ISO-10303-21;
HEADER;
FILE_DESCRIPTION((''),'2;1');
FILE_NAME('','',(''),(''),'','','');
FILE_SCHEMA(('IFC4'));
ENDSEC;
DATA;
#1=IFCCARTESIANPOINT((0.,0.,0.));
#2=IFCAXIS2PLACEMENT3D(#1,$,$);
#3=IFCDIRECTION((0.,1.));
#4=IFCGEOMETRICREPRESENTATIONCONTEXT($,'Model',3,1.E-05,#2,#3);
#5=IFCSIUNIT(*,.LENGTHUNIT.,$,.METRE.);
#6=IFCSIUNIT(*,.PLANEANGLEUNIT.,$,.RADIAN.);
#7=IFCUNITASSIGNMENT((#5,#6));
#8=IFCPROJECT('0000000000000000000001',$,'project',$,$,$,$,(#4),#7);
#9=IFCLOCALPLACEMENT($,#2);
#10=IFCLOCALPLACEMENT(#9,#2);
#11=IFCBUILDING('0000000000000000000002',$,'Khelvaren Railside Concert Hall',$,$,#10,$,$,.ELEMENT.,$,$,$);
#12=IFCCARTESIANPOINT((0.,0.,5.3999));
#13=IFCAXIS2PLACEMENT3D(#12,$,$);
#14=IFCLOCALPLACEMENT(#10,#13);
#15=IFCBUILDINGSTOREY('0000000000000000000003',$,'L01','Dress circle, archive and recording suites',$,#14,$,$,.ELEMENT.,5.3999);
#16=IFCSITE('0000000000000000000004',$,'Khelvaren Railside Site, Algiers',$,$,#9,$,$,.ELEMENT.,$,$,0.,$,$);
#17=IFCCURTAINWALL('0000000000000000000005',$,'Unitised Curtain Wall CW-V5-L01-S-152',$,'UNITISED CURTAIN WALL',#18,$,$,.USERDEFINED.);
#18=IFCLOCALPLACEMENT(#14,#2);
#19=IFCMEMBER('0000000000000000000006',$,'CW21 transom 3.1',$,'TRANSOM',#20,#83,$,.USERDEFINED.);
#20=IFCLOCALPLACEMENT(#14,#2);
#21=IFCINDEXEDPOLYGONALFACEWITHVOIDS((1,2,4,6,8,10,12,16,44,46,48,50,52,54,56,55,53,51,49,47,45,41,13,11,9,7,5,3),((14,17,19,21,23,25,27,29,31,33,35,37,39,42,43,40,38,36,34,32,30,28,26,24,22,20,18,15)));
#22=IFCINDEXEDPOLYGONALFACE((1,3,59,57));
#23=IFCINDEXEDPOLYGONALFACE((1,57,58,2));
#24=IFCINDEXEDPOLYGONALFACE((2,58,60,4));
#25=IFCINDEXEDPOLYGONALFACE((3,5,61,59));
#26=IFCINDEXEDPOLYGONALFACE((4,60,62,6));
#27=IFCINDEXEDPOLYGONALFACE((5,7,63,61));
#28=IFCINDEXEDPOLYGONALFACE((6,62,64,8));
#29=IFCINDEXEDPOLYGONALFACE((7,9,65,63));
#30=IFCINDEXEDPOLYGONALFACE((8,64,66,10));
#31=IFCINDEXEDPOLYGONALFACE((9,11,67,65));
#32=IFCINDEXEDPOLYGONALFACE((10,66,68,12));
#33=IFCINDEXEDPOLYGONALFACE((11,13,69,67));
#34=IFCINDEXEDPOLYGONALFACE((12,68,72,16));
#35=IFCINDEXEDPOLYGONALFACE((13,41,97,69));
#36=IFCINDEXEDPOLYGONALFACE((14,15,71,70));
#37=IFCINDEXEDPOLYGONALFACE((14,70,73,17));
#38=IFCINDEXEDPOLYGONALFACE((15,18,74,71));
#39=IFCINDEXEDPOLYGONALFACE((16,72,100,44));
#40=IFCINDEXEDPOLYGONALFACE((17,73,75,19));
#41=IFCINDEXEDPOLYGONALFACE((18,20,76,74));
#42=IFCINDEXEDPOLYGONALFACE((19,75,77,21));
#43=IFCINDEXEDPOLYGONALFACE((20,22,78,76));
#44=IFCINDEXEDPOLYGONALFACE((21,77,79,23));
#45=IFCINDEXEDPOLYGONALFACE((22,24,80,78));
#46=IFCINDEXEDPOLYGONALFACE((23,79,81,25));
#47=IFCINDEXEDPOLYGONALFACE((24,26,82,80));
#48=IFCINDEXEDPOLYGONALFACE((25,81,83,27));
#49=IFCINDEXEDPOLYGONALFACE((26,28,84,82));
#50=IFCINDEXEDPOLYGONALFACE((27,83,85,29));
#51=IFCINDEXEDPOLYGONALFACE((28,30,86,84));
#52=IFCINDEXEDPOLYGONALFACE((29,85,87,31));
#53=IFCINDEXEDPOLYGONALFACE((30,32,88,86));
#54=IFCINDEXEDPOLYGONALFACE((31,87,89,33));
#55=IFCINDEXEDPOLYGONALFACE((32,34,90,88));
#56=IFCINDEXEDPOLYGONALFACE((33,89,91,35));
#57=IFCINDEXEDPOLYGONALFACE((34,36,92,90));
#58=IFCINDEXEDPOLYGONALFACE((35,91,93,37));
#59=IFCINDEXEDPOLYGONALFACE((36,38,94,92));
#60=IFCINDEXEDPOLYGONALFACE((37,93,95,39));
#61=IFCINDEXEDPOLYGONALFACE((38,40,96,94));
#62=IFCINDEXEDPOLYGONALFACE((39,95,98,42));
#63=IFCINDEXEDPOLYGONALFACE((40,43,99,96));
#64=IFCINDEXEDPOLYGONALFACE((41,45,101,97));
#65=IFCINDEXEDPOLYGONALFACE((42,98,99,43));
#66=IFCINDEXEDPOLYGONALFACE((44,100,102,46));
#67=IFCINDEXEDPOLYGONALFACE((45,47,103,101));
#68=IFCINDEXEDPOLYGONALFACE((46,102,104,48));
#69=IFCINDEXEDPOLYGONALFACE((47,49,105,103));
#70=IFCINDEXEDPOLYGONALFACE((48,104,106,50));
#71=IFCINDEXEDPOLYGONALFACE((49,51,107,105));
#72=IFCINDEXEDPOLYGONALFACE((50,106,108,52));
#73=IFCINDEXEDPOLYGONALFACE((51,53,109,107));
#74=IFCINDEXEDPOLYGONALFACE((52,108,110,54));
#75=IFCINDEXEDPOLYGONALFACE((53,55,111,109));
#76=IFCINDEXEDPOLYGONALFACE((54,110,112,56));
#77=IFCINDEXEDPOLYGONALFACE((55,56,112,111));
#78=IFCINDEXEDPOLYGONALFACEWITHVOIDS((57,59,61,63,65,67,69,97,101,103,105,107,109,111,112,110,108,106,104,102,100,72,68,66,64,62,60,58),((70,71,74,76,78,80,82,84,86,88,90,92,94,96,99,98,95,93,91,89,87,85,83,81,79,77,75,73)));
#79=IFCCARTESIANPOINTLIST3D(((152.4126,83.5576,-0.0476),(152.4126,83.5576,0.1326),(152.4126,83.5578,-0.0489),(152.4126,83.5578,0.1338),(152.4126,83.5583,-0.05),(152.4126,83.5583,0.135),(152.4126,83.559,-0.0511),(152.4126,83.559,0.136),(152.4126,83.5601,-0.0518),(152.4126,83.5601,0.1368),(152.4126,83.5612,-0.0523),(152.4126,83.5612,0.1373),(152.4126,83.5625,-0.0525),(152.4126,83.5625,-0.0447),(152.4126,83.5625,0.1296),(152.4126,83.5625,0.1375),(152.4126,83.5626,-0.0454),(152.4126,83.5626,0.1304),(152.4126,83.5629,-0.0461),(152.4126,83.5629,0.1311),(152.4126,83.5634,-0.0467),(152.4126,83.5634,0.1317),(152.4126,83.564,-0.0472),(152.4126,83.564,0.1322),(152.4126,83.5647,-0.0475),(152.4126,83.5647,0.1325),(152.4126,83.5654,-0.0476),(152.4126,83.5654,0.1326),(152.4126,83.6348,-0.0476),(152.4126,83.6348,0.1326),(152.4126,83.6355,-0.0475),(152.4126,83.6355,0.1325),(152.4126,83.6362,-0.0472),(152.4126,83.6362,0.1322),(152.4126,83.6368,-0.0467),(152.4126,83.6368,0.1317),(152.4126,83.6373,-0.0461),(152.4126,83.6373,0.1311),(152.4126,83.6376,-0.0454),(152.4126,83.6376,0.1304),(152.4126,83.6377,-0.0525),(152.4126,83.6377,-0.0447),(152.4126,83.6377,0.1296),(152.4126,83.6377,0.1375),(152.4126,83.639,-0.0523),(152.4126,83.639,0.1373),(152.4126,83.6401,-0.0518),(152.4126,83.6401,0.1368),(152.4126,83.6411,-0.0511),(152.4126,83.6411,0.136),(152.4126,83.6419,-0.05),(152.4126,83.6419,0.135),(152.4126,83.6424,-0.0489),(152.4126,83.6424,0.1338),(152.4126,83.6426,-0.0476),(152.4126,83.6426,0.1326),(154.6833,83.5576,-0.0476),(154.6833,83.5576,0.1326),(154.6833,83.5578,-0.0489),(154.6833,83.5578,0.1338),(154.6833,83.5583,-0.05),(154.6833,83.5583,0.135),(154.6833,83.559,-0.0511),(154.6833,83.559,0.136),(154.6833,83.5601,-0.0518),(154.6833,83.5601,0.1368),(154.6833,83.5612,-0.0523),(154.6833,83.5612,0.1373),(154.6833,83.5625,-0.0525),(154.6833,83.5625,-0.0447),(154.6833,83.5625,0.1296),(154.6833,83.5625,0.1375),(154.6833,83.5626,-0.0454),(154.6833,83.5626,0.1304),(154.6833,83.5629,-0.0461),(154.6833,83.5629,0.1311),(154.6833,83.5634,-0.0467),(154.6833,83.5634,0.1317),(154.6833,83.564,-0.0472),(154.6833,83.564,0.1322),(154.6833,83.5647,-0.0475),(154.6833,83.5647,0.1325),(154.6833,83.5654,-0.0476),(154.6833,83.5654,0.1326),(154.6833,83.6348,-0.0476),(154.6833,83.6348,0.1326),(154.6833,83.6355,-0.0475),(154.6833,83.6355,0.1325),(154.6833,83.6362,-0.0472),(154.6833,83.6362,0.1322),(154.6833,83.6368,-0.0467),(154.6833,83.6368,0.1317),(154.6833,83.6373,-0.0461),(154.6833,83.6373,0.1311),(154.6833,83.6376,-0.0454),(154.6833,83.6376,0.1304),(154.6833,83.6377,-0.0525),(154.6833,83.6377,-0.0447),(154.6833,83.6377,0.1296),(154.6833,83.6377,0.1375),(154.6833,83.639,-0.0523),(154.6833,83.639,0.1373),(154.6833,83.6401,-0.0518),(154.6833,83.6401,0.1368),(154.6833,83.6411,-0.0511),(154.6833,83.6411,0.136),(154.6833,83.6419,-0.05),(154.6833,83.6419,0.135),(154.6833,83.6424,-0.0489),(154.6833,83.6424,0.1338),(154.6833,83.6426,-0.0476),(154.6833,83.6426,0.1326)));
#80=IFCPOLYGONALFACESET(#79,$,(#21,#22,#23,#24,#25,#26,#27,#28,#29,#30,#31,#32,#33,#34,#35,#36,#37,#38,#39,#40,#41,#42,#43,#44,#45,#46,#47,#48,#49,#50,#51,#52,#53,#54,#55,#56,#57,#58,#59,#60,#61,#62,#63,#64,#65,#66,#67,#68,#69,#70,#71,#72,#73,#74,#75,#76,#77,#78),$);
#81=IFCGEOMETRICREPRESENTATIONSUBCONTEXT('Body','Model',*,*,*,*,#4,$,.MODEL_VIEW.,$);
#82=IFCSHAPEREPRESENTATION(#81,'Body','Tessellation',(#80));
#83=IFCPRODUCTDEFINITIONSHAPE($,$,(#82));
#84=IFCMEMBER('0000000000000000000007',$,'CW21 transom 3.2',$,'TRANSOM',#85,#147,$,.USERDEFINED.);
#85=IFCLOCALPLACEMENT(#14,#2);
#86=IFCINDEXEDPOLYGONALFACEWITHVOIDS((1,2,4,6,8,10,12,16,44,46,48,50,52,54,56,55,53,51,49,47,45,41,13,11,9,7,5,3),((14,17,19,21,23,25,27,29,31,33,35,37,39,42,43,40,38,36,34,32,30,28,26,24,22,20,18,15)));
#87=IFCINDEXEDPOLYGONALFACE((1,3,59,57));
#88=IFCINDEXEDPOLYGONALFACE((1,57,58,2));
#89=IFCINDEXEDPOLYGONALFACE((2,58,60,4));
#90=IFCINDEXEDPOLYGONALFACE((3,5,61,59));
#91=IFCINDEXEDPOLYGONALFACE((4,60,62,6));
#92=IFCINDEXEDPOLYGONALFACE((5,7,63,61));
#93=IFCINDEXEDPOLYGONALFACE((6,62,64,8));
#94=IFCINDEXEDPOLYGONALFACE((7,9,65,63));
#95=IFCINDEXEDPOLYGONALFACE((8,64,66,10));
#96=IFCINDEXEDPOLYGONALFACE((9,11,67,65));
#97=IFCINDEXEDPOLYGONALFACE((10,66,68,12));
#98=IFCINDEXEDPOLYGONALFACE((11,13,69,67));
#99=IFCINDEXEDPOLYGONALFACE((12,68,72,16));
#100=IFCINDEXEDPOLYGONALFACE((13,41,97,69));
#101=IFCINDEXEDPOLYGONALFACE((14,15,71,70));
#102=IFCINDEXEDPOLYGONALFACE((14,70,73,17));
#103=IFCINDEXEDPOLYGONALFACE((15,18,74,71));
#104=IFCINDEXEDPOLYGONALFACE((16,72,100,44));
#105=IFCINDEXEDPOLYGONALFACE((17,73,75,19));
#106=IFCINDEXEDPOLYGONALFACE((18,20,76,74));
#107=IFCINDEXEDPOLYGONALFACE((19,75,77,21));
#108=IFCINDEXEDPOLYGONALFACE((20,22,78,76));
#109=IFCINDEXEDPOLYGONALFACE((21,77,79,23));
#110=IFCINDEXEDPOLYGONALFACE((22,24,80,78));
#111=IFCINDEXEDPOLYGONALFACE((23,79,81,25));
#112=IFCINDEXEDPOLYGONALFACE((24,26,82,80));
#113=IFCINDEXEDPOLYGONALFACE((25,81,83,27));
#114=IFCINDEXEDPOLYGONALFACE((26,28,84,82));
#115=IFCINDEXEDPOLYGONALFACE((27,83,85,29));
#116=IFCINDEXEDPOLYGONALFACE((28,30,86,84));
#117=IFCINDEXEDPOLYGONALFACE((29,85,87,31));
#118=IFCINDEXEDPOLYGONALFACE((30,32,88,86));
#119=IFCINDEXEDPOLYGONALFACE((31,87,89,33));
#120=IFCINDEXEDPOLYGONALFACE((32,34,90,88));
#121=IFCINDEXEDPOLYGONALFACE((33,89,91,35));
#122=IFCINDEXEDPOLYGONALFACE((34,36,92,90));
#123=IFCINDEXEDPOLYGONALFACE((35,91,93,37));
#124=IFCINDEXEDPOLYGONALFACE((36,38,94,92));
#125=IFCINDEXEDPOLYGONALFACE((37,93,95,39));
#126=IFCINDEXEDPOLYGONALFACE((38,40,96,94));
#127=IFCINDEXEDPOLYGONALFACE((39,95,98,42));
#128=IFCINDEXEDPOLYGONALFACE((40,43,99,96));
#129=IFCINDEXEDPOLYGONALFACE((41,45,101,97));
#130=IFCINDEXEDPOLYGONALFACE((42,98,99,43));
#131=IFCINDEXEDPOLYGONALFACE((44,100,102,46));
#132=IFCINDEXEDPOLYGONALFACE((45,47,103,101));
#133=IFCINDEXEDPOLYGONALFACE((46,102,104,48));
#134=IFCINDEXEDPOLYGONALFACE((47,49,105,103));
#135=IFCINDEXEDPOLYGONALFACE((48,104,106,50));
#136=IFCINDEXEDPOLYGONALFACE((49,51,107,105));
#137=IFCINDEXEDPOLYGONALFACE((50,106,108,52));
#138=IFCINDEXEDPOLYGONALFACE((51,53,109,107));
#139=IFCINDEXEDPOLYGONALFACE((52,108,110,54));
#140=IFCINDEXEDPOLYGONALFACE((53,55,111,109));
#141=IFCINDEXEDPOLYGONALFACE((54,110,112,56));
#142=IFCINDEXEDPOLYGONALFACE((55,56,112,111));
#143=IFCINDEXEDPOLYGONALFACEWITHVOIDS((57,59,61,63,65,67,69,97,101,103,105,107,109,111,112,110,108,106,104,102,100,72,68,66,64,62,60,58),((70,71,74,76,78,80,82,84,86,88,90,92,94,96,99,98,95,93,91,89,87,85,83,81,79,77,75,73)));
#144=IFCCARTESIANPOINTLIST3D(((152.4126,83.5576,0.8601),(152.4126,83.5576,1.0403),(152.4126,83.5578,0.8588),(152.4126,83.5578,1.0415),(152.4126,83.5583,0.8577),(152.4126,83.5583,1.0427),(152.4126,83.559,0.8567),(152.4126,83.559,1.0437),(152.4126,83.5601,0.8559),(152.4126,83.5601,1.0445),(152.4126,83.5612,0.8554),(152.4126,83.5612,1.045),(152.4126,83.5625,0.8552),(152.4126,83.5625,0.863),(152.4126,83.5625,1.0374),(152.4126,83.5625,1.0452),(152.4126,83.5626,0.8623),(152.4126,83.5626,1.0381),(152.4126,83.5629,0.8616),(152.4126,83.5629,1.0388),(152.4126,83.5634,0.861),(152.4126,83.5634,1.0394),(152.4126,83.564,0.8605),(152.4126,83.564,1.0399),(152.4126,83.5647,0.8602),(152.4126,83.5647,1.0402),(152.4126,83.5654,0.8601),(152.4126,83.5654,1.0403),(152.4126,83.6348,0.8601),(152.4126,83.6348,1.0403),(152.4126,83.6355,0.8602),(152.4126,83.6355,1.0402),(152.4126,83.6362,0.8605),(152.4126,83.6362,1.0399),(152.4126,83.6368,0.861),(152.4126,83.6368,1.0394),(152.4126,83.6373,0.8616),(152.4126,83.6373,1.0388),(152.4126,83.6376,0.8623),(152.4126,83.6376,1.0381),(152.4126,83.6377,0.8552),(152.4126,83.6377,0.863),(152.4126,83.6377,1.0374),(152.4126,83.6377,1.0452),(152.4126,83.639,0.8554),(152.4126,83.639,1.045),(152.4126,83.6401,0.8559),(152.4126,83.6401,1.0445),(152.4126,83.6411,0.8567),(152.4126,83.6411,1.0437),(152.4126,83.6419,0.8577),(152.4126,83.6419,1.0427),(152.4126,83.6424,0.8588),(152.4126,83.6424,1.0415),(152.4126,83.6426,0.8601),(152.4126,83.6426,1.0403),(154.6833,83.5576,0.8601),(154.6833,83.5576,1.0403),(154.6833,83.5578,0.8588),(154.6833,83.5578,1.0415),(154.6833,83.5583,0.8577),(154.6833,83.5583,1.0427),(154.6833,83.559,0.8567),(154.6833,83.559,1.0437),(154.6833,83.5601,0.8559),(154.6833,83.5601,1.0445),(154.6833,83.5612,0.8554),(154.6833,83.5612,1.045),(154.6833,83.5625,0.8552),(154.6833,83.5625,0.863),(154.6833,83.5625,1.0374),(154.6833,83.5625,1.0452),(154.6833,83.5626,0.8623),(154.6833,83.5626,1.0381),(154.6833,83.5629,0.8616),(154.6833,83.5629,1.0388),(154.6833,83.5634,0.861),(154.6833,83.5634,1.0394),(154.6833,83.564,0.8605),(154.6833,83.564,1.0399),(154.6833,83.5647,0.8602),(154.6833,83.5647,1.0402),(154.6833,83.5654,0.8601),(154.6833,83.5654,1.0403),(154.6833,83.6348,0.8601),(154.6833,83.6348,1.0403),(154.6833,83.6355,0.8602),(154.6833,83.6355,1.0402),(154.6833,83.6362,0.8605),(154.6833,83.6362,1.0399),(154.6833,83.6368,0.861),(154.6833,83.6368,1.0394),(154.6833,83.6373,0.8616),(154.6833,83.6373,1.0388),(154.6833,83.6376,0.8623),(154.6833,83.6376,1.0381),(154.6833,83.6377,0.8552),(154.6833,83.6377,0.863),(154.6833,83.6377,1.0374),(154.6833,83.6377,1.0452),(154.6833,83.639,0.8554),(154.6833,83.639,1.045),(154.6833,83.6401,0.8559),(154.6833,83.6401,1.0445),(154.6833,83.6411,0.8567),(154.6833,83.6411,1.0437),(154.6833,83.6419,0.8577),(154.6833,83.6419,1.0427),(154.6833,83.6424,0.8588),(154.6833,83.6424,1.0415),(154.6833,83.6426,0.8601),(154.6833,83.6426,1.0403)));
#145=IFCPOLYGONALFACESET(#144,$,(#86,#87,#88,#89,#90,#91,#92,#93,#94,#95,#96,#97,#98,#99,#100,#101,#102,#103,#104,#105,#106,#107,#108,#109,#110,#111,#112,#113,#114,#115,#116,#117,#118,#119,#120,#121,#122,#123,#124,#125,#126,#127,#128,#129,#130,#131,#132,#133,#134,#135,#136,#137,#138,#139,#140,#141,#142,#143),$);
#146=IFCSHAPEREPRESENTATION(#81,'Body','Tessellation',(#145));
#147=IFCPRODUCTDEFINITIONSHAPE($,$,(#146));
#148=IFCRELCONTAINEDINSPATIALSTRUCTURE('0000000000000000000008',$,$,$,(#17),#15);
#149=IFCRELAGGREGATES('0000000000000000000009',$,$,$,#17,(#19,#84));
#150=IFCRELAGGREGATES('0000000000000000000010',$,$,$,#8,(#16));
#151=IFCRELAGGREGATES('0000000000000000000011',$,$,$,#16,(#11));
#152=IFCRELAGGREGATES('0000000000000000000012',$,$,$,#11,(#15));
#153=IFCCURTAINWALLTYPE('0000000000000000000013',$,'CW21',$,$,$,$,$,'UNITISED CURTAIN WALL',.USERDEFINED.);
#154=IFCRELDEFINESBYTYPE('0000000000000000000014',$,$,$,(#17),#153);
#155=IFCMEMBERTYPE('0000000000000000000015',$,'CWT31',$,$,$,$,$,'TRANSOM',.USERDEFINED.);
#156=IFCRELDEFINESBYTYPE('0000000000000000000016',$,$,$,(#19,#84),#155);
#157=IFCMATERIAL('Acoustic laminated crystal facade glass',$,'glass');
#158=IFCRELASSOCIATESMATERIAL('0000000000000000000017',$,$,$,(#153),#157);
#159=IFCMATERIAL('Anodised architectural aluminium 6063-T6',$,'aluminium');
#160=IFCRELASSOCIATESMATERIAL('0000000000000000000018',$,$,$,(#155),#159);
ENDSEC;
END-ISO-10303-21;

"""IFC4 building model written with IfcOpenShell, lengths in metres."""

from ifc_helpers import new_model, si_unit, direction, frame, origin, origin_2d, place, context, subcontext, project, spatial, hollow_rectangle, extrude, material, material_profile, profile_set, type_object, element, aggregate, save


model = new_model("IFC4")

# Units and contexts
model_context = context("Model", 3, precision=1e-05, world=origin(), true_north=direction((0.0, 1.0)))
body_context = subcontext(model_context, "Body", "Model", "MODEL_VIEW")
ifc_project = project(units=[si_unit("LENGTHUNIT", "METRE"), si_unit("PLANEANGLEUNIT", "RADIAN")], contexts=[model_context])

# Site, building, storey
site_placement = place(None, origin())
site = spatial("IfcSite", under=ifc_project, at=site_placement, Name="Khelvaren Railside Site, Algiers", CompositionType="ELEMENT", RefElevation=0.0)
building_placement = place(site_placement, origin())
building = spatial("IfcBuilding", under=site, at=building_placement, Name="Khelvaren Railside Concert Hall", CompositionType="ELEMENT")
storey_placement = place(building_placement, frame((0.0, 0.0, 5.3999)))
storey = spatial("IfcBuildingStorey", under=building, at=storey_placement, Name="L01", Description="Dress circle, archive and recording suites", CompositionType="ELEMENT", Elevation=5.3999)

# Shared definitions
ifc_material_1 = material(Name="Acoustic laminated crystal facade glass", Category="glass")
ifc_material_2 = material(Name="Anodised architectural aluminium 6063-T6", Category="aluminium")

# Curtain wall
curtain_wall_type_1 = type_object("IfcCurtainWallType", Name="CW21", ElementType="UNITISED CURTAIN WALL", PredefinedType="USERDEFINED", material=ifc_material_1)
curtain_wall_1_placement = place(storey_placement, origin())
curtain_wall_1 = element("IfcCurtainWall", 1, at=curtain_wall_1_placement, inside=storey, type_object=curtain_wall_type_1, Name="Unitised Curtain Wall CW-V5-L01-S-152", ObjectType="UNITISED CURTAIN WALL", PredefinedType="USERDEFINED")

# Members
ifc_material_profile_1 = material_profile(ifc_material_2, hollow_rectangle(XDim=0.085, YDim=0.1899, WallThickness=0.0049, InnerFilletRadius=0.0029, OuterFilletRadius=0.0049, at=origin_2d()), Name="CWT 85x190x5")
ifc_profile_set_1 = profile_set([ifc_material_profile_1], Name="Anodised architectural aluminium 6063-T6")
member_type_1 = type_object("IfcMemberType", Name="CWT31", ElementType="TRANSOM", PredefinedType="USERDEFINED", material=ifc_profile_set_1)
member_1_placement = place(storey_placement, frame((154.6833, 83.6001, 0.0425), z_axis=(-1.0, 0.0, 0.0), x_axis=(0.0, -1.0, 0.0)))
member_1 = element("IfcMember", 2, at=member_1_placement, type_object=member_type_1, Name="CW21 transom 3.1", ObjectType="TRANSOM", PredefinedType="USERDEFINED", context=body_context, shape_type="SweptSolid", body=[
    extrude(hollow_rectangle(XDim=0.085, YDim=0.1899, WallThickness=0.0049, InnerFilletRadius=0.0029, OuterFilletRadius=0.0049, at=origin_2d()), origin(), (0.0, 0.0, 1.0), 2.2708),
])
member_2_placement = place(storey_placement, frame((154.6833, 83.6001, 0.9502), z_axis=(-1.0, 0.0, 0.0), x_axis=(0.0, -1.0, 0.0)))
member_2 = element("IfcMember", 3, at=member_2_placement, type_object=member_type_1, Name="CW21 transom 3.2", ObjectType="TRANSOM", PredefinedType="USERDEFINED", context=body_context, shape_type="SweptSolid", body=[
    extrude(hollow_rectangle(XDim=0.085, YDim=0.1899, WallThickness=0.0049, InnerFilletRadius=0.0029, OuterFilletRadius=0.0049, at=origin_2d()), origin(), (0.0, 0.0, 1.0), 2.2708),
])

aggregate(curtain_wall_1, [member_1, member_2])

save(model, "model.ifc")
